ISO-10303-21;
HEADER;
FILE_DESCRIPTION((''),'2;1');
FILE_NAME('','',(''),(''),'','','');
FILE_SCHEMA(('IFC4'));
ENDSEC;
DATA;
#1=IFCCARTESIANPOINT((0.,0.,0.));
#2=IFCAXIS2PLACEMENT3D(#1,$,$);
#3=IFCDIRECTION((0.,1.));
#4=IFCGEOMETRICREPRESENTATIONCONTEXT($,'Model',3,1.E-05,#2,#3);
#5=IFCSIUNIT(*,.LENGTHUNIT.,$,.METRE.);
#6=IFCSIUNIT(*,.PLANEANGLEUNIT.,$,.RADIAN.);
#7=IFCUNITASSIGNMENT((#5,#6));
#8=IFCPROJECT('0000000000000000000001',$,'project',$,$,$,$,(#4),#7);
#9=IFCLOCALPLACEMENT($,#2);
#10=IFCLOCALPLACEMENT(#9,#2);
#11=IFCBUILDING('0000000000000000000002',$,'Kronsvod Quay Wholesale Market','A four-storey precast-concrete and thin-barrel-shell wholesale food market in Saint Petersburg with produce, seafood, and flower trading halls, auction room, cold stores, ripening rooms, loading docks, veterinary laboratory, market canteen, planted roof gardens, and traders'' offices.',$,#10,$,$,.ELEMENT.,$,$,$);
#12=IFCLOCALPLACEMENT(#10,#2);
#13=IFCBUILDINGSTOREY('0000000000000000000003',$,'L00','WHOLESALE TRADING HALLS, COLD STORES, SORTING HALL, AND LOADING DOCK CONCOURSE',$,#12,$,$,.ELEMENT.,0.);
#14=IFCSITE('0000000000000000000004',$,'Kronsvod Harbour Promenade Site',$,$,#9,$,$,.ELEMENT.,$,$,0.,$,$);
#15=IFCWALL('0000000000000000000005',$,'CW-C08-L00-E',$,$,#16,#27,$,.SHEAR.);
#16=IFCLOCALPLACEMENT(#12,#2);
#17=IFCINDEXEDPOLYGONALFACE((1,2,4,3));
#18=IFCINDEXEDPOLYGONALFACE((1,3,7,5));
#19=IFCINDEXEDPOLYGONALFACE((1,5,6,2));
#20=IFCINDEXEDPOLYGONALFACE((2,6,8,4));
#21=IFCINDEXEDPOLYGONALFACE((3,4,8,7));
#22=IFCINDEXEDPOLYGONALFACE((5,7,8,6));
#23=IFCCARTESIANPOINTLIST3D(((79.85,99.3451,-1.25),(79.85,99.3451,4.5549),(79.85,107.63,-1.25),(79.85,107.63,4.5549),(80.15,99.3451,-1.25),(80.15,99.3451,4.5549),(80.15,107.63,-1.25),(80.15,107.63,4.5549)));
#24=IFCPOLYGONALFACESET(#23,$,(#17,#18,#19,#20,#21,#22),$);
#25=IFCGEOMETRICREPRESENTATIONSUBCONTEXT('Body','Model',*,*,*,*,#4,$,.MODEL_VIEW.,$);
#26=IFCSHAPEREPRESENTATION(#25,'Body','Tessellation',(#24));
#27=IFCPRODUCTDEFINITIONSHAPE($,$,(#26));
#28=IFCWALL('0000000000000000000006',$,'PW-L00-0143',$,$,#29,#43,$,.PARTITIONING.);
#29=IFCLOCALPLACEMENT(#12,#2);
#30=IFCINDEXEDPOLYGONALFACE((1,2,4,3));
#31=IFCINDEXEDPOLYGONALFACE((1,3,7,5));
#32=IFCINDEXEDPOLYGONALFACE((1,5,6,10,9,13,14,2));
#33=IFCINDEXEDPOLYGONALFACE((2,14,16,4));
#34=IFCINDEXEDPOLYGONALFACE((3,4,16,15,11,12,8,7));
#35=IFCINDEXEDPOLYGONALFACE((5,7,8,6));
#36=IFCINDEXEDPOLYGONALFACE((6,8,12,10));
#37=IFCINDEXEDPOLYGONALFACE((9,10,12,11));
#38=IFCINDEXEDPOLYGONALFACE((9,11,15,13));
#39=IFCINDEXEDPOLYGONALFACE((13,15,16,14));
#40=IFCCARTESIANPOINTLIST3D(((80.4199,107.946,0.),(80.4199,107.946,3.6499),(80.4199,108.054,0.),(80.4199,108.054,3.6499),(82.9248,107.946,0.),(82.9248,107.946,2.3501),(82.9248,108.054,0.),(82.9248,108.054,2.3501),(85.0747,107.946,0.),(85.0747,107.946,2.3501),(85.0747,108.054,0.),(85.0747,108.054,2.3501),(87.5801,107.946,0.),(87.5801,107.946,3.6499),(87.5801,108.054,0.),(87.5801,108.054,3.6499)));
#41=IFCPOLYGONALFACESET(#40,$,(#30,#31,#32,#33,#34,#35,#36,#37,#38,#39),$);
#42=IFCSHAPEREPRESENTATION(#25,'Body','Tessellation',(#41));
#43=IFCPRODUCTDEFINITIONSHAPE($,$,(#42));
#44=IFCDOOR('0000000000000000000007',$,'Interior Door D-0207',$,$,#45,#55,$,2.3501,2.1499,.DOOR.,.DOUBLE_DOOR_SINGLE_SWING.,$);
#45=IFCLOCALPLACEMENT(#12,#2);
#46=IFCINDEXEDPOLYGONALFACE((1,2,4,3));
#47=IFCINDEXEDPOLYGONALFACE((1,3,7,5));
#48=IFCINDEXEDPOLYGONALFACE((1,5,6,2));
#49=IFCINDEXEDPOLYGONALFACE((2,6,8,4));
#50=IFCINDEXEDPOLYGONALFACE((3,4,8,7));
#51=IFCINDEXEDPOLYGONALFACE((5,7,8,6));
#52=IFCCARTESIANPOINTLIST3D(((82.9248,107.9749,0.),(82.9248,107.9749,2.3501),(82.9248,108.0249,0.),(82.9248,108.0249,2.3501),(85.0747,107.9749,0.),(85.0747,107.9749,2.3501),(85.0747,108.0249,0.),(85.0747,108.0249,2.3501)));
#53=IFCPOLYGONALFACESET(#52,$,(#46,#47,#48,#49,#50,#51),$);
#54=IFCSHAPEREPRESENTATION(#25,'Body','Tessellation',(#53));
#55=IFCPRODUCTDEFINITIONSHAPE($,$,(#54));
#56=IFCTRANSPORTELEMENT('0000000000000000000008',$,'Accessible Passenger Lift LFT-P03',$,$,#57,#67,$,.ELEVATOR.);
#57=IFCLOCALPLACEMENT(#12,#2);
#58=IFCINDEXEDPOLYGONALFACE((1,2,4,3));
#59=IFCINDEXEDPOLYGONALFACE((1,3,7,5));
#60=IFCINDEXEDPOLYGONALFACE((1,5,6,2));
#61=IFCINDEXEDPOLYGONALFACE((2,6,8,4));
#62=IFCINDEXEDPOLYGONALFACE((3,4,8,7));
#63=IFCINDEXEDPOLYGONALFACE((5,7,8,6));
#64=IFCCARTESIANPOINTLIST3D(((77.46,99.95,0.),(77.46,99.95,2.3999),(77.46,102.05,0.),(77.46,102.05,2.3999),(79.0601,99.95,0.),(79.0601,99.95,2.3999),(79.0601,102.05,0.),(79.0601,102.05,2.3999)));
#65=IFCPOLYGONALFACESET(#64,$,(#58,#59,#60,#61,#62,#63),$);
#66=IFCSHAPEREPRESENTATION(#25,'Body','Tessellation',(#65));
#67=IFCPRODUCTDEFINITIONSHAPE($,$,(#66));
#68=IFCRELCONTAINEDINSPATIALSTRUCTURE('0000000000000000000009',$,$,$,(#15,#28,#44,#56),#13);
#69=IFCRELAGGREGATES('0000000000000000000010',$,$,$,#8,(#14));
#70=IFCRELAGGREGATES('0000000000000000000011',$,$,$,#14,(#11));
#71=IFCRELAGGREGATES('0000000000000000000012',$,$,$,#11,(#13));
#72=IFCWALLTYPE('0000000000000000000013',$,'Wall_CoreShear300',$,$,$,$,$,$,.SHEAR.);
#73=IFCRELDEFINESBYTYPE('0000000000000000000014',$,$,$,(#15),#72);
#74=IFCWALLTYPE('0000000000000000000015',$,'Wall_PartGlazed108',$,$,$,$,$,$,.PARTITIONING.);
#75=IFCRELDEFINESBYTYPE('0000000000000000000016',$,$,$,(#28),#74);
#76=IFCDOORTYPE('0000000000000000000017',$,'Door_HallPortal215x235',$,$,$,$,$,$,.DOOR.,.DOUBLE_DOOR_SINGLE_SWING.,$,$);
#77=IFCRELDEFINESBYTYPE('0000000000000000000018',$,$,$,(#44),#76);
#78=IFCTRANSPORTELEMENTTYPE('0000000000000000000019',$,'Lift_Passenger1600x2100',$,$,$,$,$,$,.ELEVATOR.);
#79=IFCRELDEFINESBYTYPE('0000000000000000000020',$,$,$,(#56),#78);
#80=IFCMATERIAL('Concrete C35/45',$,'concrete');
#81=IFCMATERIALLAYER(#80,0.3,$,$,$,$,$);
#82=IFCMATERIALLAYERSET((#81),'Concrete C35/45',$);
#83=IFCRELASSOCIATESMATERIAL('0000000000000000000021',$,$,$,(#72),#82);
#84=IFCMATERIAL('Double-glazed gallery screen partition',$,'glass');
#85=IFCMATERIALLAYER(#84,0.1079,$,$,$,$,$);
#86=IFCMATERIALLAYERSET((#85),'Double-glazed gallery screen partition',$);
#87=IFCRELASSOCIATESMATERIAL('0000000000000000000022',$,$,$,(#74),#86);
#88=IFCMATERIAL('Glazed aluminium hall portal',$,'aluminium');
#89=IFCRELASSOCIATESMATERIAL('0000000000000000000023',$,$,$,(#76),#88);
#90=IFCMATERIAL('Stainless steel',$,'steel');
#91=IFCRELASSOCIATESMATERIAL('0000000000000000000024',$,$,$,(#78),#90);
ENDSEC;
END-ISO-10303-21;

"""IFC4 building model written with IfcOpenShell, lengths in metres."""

from ifc_helpers import new_model, si_unit, direction, frame, frame_2d, origin, origin_2d, place, context, subcontext, project, spatial, rectangle, extrude, material, layer, layer_set, type_object, element, fill, save


model = new_model("IFC4")

# Units and contexts
model_context = context("Model", 3, precision=1e-05, world=origin(), true_north=direction((0.0, 1.0)))
body_context = subcontext(model_context, "Body", "Model", "MODEL_VIEW")
ifc_project = project(units=[si_unit("LENGTHUNIT", "METRE"), si_unit("PLANEANGLEUNIT", "RADIAN")], contexts=[model_context])

# Site, building, storey
site_placement = place(None, origin())
site = spatial("IfcSite", under=ifc_project, at=site_placement, Name="Kronsvod Harbour Promenade Site", CompositionType="ELEMENT", RefElevation=0.0)
building_placement = place(site_placement, origin())
building = spatial("IfcBuilding", under=site, at=building_placement, Name="Kronsvod Quay Wholesale Market", Description="A four-storey precast-concrete and thin-barrel-shell wholesale food market in Saint Petersburg with produce, seafood, and flower trading halls, auction room, cold stores, ripening rooms, loading docks, veterinary laboratory, market canteen, planted roof gardens, and traders' offices.", CompositionType="ELEMENT")
storey_placement = place(building_placement, origin())
storey = spatial("IfcBuildingStorey", under=building, at=storey_placement, Name="L00", Description="WHOLESALE TRADING HALLS, COLD STORES, SORTING HALL, AND LOADING DOCK CONCOURSE", CompositionType="ELEMENT", Elevation=0.0)

# Wall
ifc_material_1 = material(Name="Concrete C35/45", Category="concrete")
ifc_layer_1 = layer(ifc_material_1, 0.3)
ifc_layer_set_1 = layer_set([ifc_layer_1], Name="Concrete C35/45")
wall_type_1 = type_object("IfcWallType", Name="Wall_CoreShear300", PredefinedType="SHEAR", material=ifc_layer_set_1)
wall_1_placement = place(storey_placement, frame((80.0, 99.345, -1.25), z_axis=(0.0, 0.0, 1.0), x_axis=(0.0, 1.0, 0.0)))
element("IfcWall", 1, at=wall_1_placement, inside=storey, type_object=wall_type_1, Name="CW-C08-L00-E", PredefinedType="SHEAR", context=body_context, shape_type="SweptSolid", body=[
    extrude(rectangle(XDim=8.2849, YDim=0.3, at=frame_2d((4.1426, 0.0))), origin(), (0.0, 0.0, 1.0), 5.8049),
])

# Wall, opening, door
ifc_material_2 = material(Name="Double-glazed gallery screen partition", Category="glass")
ifc_layer_2 = layer(ifc_material_2, 0.1079)
ifc_layer_set_2 = layer_set([ifc_layer_2], Name="Double-glazed gallery screen partition")
wall_type_2 = type_object("IfcWallType", Name="Wall_PartGlazed108", PredefinedType="PARTITIONING", material=ifc_layer_set_2)
wall_2_placement = place(storey_placement, frame((80.4199, 108.0, 0.0), z_axis=(0.0, 0.0, 1.0), x_axis=(1.0, 0.0, 0.0)))
wall_2 = element("IfcWall", 2, at=wall_2_placement, inside=storey, type_object=wall_type_2, Name="PW-L00-0143", PredefinedType="PARTITIONING", context=body_context, shape_type="SweptSolid", body=[
    extrude(rectangle(XDim=7.1602, YDim=0.1079, at=frame_2d((3.5801, 0.0))), origin(), (0.0, 0.0, 1.0), 3.6499),
])
opening_1_placement = place(wall_2_placement, frame((2.5049, 0.0, 0.0)))
opening_1 = element("IfcOpeningElement", 3, at=opening_1_placement, cuts=wall_2, PredefinedType="OPENING", context=body_context, shape_type="SweptSolid", body=[
    extrude(rectangle(XDim=2.1499, YDim=2.3501, at=frame_2d((1.075, 1.175))), frame((0.0, 0.064, 0.0), z_axis=(0.0, -1.0, 0.0), x_axis=(1.0, 0.0, 0.0)), (0.0, 0.0, 1.0), 0.1279),
])
ifc_material_3 = material(Name="Glazed aluminium hall portal", Category="aluminium")
door_type_1 = type_object("IfcDoorType", Name="Door_HallPortal215x235", OperationType="DOUBLE_DOOR_SINGLE_SWING", PredefinedType="DOOR", material=ifc_material_3)
door_1_placement = place(opening_1_placement, origin())
door_1 = element("IfcDoor", 4, at=door_1_placement, inside=storey, type_object=door_type_1, Name="Interior Door D-0207", OperationType="DOUBLE_DOOR_SINGLE_SWING", OverallHeight=2.3501, OverallWidth=2.1499, PredefinedType="DOOR", context=body_context, shape_type="SweptSolid", body=[
    extrude(rectangle(XDim=2.1499, YDim=2.3501, at=frame_2d((1.075, 1.175))), frame((0.0, 0.0249, 0.0), z_axis=(0.0, -1.0, 0.0), x_axis=(1.0, 0.0, 0.0)), (0.0, 0.0, 1.0), 0.05),
])
fill(opening_1, door_1)

# Transport element
ifc_material_4 = material(Name="Stainless steel", Category="steel")
transport_element_type = type_object("IfcTransportElementType", Name="Lift_Passenger1600x2100", PredefinedType="ELEVATOR", material=ifc_material_4)
transport_element_placement = place(storey_placement, frame((78.26, 101.0, 0.0), z_axis=(0.0, 0.0, 1.0), x_axis=(1.0, 0.0, 0.0)))
element("IfcTransportElement", 5, at=transport_element_placement, inside=storey, type_object=transport_element_type, Name="Accessible Passenger Lift LFT-P03", PredefinedType="ELEVATOR", context=body_context, shape_type="SweptSolid", body=[
    extrude(rectangle(XDim=1.6001, YDim=2.1001, at=origin_2d()), origin(), (0.0, 0.0, 1.0), 2.3999),
])

save(model, "model.ifc")
